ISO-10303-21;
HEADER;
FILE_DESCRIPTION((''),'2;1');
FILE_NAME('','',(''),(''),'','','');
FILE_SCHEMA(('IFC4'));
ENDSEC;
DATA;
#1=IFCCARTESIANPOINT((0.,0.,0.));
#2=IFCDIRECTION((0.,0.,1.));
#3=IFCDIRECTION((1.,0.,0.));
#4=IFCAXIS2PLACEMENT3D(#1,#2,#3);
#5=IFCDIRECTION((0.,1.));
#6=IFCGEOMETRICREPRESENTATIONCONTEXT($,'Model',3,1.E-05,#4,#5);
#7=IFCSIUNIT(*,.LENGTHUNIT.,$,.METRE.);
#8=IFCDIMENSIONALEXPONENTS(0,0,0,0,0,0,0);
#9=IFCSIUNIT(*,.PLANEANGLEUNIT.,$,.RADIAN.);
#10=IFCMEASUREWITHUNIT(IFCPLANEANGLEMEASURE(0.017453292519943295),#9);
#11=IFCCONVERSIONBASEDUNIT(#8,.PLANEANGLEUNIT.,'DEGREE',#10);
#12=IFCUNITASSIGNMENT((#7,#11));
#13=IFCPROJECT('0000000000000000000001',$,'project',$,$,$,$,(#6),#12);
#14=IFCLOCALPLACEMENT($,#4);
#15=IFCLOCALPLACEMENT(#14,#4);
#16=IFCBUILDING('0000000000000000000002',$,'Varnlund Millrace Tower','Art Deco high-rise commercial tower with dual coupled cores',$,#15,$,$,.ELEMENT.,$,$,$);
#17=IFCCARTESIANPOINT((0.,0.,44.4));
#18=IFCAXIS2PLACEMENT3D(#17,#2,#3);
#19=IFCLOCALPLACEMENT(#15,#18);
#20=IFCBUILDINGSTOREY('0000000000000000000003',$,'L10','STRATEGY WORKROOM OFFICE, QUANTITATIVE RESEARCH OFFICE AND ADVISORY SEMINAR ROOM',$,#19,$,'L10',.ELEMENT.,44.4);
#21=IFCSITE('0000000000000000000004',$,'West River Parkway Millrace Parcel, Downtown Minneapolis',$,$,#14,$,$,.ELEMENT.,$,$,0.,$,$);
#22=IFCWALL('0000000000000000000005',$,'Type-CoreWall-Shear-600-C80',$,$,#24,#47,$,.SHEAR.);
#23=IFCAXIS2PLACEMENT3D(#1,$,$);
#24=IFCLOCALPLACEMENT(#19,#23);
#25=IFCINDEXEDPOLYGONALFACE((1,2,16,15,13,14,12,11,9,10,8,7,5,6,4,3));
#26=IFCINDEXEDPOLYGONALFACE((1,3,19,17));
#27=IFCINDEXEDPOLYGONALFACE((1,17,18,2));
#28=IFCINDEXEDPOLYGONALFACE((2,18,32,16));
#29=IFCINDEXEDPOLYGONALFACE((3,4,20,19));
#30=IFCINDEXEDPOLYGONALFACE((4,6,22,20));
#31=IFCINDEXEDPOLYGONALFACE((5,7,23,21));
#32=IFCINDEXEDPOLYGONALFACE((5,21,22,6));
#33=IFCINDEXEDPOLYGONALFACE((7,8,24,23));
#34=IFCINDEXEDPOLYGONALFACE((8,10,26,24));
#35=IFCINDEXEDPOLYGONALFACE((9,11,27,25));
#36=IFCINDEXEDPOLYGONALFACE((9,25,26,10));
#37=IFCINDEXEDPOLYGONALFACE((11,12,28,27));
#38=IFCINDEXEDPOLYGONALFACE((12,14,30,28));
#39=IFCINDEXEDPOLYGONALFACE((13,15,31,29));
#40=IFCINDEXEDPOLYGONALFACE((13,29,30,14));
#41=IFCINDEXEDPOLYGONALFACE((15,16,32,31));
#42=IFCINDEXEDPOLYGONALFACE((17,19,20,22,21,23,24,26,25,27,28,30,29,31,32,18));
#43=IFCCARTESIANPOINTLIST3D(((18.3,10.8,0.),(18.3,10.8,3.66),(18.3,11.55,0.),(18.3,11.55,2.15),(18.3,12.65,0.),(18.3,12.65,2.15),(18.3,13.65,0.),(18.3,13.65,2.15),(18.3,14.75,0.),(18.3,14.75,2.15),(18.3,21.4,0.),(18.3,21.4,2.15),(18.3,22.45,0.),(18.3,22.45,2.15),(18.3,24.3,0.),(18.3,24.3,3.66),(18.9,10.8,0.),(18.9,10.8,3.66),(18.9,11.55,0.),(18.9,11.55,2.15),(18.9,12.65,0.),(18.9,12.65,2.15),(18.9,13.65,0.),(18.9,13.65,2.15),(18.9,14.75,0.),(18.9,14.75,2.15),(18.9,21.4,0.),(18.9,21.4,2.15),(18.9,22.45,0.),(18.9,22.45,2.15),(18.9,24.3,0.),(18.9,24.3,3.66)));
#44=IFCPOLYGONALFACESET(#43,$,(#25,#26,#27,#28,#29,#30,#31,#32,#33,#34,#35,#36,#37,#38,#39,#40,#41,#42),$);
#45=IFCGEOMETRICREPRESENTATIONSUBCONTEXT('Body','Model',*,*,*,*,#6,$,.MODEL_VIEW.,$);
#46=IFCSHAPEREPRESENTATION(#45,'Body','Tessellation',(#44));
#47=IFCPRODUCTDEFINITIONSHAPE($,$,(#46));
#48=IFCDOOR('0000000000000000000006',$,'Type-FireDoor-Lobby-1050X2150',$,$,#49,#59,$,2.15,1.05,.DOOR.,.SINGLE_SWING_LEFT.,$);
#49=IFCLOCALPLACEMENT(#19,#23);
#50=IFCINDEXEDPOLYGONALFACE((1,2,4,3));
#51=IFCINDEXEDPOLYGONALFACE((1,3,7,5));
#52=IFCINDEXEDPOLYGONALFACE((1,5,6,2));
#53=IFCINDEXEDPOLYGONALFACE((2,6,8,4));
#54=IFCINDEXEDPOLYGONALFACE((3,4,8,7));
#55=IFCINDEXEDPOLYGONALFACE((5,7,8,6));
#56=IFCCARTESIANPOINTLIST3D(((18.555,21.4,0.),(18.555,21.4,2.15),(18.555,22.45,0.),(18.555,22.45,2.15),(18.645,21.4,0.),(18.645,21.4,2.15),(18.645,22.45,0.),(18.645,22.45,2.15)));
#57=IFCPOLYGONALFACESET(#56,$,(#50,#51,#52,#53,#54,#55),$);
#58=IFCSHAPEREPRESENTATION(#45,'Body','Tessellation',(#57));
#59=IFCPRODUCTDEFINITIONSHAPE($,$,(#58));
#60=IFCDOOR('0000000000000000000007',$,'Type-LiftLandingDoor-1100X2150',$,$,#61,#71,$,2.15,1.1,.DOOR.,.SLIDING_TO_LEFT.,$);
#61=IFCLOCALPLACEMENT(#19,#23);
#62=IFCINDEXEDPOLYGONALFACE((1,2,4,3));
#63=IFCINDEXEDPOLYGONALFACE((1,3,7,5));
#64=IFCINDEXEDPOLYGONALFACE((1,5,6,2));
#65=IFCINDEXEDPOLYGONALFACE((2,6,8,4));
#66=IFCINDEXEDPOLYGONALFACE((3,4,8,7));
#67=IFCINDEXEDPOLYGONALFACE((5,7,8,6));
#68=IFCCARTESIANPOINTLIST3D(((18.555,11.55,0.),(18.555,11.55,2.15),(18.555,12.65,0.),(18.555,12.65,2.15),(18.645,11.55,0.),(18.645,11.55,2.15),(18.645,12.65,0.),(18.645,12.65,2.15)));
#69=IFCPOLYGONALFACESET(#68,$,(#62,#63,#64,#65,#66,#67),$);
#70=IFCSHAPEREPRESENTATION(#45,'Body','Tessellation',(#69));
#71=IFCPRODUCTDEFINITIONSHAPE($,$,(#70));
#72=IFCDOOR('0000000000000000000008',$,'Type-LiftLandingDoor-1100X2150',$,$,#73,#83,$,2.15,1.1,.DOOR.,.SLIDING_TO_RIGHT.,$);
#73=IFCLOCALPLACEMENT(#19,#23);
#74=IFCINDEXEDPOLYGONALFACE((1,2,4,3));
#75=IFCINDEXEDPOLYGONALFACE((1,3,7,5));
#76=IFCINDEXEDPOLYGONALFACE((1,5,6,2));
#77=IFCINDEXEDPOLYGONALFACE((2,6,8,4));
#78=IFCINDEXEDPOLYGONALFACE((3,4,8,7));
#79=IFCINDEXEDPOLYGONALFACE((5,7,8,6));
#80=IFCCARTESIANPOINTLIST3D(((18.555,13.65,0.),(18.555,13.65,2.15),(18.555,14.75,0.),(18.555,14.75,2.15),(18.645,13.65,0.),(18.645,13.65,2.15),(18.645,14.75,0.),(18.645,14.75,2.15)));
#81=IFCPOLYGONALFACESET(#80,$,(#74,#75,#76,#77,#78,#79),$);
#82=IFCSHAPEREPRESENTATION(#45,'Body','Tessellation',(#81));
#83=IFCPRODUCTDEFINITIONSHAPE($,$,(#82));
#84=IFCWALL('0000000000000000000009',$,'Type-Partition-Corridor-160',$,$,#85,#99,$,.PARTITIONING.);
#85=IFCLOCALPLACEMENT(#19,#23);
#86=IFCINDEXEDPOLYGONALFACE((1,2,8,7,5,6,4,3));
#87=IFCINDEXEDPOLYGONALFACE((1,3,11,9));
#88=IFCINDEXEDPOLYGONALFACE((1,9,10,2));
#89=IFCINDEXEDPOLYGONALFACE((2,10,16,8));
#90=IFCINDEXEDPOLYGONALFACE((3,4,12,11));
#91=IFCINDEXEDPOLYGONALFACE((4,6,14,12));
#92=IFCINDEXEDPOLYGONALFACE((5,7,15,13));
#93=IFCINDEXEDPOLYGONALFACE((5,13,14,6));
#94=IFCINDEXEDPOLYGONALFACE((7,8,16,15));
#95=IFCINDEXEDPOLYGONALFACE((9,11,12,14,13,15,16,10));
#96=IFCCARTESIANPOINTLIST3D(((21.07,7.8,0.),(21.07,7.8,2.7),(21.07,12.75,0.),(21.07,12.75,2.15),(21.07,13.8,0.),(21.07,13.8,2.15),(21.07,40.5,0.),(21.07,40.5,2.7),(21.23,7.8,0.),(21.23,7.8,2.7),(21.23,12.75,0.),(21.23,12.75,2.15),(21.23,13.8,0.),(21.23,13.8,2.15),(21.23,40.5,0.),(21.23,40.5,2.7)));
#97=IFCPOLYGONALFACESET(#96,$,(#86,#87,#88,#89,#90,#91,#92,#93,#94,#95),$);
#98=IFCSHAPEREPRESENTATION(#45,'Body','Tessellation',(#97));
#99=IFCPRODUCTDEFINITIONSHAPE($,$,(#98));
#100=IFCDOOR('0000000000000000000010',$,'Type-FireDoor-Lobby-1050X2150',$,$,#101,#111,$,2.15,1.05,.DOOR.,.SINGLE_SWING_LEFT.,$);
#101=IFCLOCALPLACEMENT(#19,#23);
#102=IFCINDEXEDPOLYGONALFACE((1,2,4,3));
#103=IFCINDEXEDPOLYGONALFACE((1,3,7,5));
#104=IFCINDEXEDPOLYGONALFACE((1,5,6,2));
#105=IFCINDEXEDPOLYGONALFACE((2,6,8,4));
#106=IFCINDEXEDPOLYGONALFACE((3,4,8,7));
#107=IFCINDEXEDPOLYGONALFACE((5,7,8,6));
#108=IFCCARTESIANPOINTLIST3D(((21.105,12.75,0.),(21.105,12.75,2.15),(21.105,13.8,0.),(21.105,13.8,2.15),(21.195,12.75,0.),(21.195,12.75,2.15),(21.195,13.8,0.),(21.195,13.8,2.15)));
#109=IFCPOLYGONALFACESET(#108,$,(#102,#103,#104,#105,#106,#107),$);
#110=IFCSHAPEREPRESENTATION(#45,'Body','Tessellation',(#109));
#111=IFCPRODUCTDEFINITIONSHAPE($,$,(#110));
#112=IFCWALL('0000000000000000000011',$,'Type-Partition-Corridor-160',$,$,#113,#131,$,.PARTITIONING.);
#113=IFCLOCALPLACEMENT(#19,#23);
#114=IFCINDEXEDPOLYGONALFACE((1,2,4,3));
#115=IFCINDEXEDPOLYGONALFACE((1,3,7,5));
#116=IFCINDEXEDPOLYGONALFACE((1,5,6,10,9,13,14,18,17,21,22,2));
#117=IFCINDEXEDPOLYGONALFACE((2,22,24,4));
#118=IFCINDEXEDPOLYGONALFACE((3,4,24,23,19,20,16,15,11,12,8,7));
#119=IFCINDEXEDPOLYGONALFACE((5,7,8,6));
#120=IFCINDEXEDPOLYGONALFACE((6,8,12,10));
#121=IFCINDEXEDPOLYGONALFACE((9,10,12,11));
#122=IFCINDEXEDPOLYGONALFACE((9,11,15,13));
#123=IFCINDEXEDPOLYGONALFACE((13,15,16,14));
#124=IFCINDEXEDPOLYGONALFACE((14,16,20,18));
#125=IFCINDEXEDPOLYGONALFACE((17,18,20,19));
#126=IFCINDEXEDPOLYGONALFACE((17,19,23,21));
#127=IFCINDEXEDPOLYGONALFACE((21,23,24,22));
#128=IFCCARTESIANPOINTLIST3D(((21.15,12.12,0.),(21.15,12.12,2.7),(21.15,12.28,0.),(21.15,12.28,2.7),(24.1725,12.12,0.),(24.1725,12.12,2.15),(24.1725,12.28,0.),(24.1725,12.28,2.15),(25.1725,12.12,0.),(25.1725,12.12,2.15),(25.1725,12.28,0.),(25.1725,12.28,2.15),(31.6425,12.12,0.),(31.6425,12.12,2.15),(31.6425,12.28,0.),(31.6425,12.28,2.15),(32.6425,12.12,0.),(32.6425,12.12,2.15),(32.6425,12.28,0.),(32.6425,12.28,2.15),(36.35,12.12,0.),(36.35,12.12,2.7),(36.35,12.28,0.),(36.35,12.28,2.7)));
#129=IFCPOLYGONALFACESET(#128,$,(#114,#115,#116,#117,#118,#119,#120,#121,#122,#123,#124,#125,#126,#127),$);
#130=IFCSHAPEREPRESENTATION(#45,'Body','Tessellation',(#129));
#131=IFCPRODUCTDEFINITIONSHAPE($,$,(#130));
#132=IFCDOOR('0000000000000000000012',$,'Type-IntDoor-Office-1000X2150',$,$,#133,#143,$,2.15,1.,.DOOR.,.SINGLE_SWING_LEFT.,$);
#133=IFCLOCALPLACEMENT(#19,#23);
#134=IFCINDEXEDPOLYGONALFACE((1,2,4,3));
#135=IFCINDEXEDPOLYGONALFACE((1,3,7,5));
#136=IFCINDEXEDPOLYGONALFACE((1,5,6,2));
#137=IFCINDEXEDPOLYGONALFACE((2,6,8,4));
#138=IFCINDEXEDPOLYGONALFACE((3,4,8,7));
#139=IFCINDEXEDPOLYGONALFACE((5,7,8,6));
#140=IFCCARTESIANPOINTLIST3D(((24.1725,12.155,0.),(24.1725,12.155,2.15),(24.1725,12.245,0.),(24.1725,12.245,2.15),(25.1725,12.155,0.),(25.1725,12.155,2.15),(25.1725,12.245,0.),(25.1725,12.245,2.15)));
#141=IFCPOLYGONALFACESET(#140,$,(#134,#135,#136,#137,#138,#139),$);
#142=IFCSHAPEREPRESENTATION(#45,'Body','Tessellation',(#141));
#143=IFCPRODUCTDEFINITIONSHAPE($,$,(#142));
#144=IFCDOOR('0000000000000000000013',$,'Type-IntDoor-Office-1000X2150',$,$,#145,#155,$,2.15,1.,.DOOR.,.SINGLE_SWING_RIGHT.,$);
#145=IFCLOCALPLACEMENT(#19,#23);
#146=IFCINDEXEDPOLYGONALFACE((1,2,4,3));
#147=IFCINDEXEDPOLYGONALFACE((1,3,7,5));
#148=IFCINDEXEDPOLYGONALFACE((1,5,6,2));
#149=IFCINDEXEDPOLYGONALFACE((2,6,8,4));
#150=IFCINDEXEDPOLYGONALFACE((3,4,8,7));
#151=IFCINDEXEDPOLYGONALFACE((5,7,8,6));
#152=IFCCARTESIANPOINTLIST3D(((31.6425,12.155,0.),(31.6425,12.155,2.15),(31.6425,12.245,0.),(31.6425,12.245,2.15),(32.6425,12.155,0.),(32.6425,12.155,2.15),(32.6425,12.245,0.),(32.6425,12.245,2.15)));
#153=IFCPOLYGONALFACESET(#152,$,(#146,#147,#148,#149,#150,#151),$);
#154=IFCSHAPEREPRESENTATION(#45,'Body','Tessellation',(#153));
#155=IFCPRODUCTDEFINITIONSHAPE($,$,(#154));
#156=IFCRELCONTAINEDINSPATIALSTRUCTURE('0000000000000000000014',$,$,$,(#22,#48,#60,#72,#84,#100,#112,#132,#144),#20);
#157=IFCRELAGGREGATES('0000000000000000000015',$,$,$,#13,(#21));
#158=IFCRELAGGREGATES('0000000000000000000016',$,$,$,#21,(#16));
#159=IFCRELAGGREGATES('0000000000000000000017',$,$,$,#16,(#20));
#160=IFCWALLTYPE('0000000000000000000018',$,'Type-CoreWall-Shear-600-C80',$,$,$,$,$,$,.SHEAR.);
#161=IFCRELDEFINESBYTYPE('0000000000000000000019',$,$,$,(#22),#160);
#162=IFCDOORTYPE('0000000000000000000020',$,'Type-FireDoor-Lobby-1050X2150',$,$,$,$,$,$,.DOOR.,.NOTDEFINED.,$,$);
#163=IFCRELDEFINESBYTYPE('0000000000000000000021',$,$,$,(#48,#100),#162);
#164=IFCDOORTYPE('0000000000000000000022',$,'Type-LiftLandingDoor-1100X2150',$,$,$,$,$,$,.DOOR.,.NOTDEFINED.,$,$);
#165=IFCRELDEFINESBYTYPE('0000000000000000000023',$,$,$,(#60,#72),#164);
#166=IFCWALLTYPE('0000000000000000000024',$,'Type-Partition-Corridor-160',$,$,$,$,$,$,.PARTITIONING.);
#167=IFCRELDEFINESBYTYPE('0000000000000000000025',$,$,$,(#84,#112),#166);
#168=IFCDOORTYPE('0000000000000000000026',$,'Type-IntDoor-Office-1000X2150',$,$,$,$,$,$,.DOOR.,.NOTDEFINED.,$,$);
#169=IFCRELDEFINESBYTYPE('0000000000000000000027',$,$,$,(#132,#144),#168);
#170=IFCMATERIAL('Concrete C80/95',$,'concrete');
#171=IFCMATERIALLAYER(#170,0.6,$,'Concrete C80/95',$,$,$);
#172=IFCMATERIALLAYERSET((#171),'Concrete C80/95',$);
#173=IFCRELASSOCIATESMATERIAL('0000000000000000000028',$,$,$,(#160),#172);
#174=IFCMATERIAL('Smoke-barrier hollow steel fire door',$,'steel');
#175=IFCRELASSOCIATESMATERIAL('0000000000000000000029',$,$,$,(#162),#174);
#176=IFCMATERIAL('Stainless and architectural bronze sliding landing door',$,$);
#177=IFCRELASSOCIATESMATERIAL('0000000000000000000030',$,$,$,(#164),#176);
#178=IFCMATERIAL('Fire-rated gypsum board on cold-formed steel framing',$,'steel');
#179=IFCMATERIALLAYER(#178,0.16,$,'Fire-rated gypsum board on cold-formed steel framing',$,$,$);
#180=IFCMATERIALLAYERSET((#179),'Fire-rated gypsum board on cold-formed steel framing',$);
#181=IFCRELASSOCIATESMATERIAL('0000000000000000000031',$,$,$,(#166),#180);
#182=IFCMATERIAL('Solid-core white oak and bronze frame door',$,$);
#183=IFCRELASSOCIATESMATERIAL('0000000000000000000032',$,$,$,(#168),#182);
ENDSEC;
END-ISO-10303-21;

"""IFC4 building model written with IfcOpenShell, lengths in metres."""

from ifc_helpers import new_model, entity, si_unit, converted_unit, direction, frame, origin_with_axes, origin_2d_with_axis, place, context, subcontext, project, spatial, polyline, rectangle, outline, extrude, material, layer, layer_set, type_object, element, fill, save


model = new_model("IFC4")

# Units and contexts
model_context = context("Model", 3, precision=1e-05, world=origin_with_axes(), true_north=direction((0.0, 1.0)))
body_context = subcontext(model_context, "Body", "Model", "MODEL_VIEW")
ifc_project = project(units=[si_unit("LENGTHUNIT", "METRE"), converted_unit("PLANEANGLEUNIT", "DEGREE", entity("IfcPlaneAngleMeasure", 0.017453292519943295), si_unit("PLANEANGLEUNIT", "RADIAN"), dimensions=[0, 0, 0, 0, 0, 0, 0])], contexts=[model_context])

# Site, building, storey
site_placement = place(None, origin_with_axes())
site = spatial("IfcSite", under=ifc_project, at=site_placement, Name="West River Parkway Millrace Parcel, Downtown Minneapolis", CompositionType="ELEMENT", RefElevation=0.0)
building_placement = place(site_placement, origin_with_axes())
building = spatial("IfcBuilding", under=site, at=building_placement, Name="Varnlund Millrace Tower", Description="Art Deco high-rise commercial tower with dual coupled cores", CompositionType="ELEMENT")
storey_placement = place(building_placement, frame((0.0, 0.0, 44.4), z_axis=(0.0, 0.0, 1.0), x_axis=(1.0, 0.0, 0.0)))
storey = spatial("IfcBuildingStorey", under=building, at=storey_placement, Name="L10", Description="STRATEGY WORKROOM OFFICE, QUANTITATIVE RESEARCH OFFICE AND ADVISORY SEMINAR ROOM", LongName="L10", CompositionType="ELEMENT", Elevation=44.4)

# Shared definitions
ifc_material_1 = material(Name="Concrete C80/95", Category="concrete")

# Wall, openings, doors
ifc_layer_1 = layer(ifc_material_1, 0.6, Name="Concrete C80/95")
ifc_layer_set_1 = layer_set([ifc_layer_1], Name="Concrete C80/95")
wall_type_1 = type_object("IfcWallType", Name="Type-CoreWall-Shear-600-C80", PredefinedType="SHEAR", material=ifc_layer_set_1)
wall_1_placement = place(storey_placement, frame((18.6, 10.8, 0.0), z_axis=(0.0, 0.0, 1.0), x_axis=(0.0, 1.0, 0.0)))
wall_1 = element("IfcWall", 1, at=wall_1_placement, inside=storey, type_object=wall_type_1, Name="Type-CoreWall-Shear-600-C80", PredefinedType="SHEAR", context=body_context, shape_type="SweptSolid", body=[
    extrude(outline(polyline([(0.0, -0.3), (13.5, -0.3), (13.5, 0.3), (0.0, 0.3), (0.0, -0.3)])), origin_with_axes(), (0.0, 0.0, 1.0), 3.66),
])
opening_1_placement = place(wall_1_placement, frame((1.3, 0.0, 0.0), z_axis=(0.0, 0.0, 1.0), x_axis=(1.0, 0.0, 0.0)))
opening_1 = element("IfcOpeningElement", 2, at=opening_1_placement, cuts=wall_1, PredefinedType="OPENING", context=body_context, shape_type="SweptSolid", body=[
    extrude(rectangle(XDim=1.1, YDim=0.62, at=origin_2d_with_axis()), origin_with_axes(), (0.0, 0.0, 1.0), 2.15),
])
opening_2_placement = place(wall_1_placement, frame((3.4, 0.0, 0.0), z_axis=(0.0, 0.0, 1.0), x_axis=(1.0, 0.0, 0.0)))
opening_2 = element("IfcOpeningElement", 3, at=opening_2_placement, cuts=wall_1, PredefinedType="OPENING", context=body_context, shape_type="SweptSolid", body=[
    extrude(rectangle(XDim=1.1, YDim=0.62, at=origin_2d_with_axis()), origin_with_axes(), (0.0, 0.0, 1.0), 2.15),
])
opening_3_placement = place(wall_1_placement, frame((11.125, 0.0, 0.0), z_axis=(0.0, 0.0, 1.0), x_axis=(1.0, 0.0, 0.0)))
opening_3 = element("IfcOpeningElement", 4, at=opening_3_placement, cuts=wall_1, PredefinedType="OPENING", context=body_context, shape_type="SweptSolid", body=[
    extrude(rectangle(XDim=1.05, YDim=0.62, at=origin_2d_with_axis()), origin_with_axes(), (0.0, 0.0, 1.0), 2.15),
])
ifc_material_2 = material(Name="Smoke-barrier hollow steel fire door", Category="steel")
door_type_1 = type_object("IfcDoorType", Name="Type-FireDoor-Lobby-1050X2150", OperationType="NOTDEFINED", PredefinedType="DOOR", material=ifc_material_2)
door_1_placement = place(wall_1_placement, frame((11.125, 0.0, 0.0), z_axis=(0.0, 0.0, 1.0), x_axis=(1.0, 0.0, 0.0)))
door_1 = element("IfcDoor", 5, at=door_1_placement, inside=storey, type_object=door_type_1, Name="Type-FireDoor-Lobby-1050X2150", OperationType="SINGLE_SWING_LEFT", OverallHeight=2.15, OverallWidth=1.05, PredefinedType="DOOR", context=body_context, shape_type="SweptSolid", body=[
    extrude(rectangle(XDim=1.05, YDim=0.09, at=origin_2d_with_axis()), origin_with_axes(), (0.0, 0.0, 1.0), 2.15),
])
fill(opening_3, door_1)
ifc_material_3 = material(Name="Stainless and architectural bronze sliding landing door")
door_type_2 = type_object("IfcDoorType", Name="Type-LiftLandingDoor-1100X2150", OperationType="NOTDEFINED", PredefinedType="DOOR", material=ifc_material_3)
door_2_placement = place(wall_1_placement, frame((1.3, 0.0, 0.0), z_axis=(0.0, 0.0, 1.0), x_axis=(1.0, 0.0, 0.0)))
door_2 = element("IfcDoor", 6, at=door_2_placement, inside=storey, type_object=door_type_2, Name="Type-LiftLandingDoor-1100X2150", OperationType="SLIDING_TO_LEFT", OverallHeight=2.15, OverallWidth=1.1, PredefinedType="DOOR", context=body_context, shape_type="SweptSolid", body=[
    extrude(rectangle(XDim=1.1, YDim=0.09, at=origin_2d_with_axis()), origin_with_axes(), (0.0, 0.0, 1.0), 2.15),
])
fill(opening_1, door_2)
door_3_placement = place(wall_1_placement, frame((3.4, 0.0, 0.0), z_axis=(0.0, 0.0, 1.0), x_axis=(1.0, 0.0, 0.0)))
door_3 = element("IfcDoor", 7, at=door_3_placement, inside=storey, type_object=door_type_2, Name="Type-LiftLandingDoor-1100X2150", OperationType="SLIDING_TO_RIGHT", OverallHeight=2.15, OverallWidth=1.1, PredefinedType="DOOR", context=body_context, shape_type="SweptSolid", body=[
    extrude(rectangle(XDim=1.1, YDim=0.09, at=origin_2d_with_axis()), origin_with_axes(), (0.0, 0.0, 1.0), 2.15),
])
fill(opening_2, door_3)

# Wall, opening, door
ifc_material_4 = material(Name="Fire-rated gypsum board on cold-formed steel framing", Category="steel")
ifc_layer_2 = layer(ifc_material_4, 0.16, Name="Fire-rated gypsum board on cold-formed steel framing")
ifc_layer_set_2 = layer_set([ifc_layer_2], Name="Fire-rated gypsum board on cold-formed steel framing")
wall_type_2 = type_object("IfcWallType", Name="Type-Partition-Corridor-160", PredefinedType="PARTITIONING", material=ifc_layer_set_2)
wall_2_placement = place(storey_placement, frame((21.15, 7.8, 0.0), z_axis=(0.0, 0.0, 1.0), x_axis=(0.0, 1.0, 0.0)))
wall_2 = element("IfcWall", 8, at=wall_2_placement, inside=storey, type_object=wall_type_2, Name="Type-Partition-Corridor-160", PredefinedType="PARTITIONING", context=body_context, shape_type="SweptSolid", body=[
    extrude(outline(polyline([(0.0, -0.08), (32.7, -0.08), (32.7, 0.08), (0.0, 0.08), (0.0, -0.08)])), origin_with_axes(), (0.0, 0.0, 1.0), 2.7),
])
opening_4_placement = place(wall_2_placement, frame((5.475, 0.0, 0.0), z_axis=(0.0, 0.0, 1.0), x_axis=(1.0, 0.0, 0.0)))
opening_4 = element("IfcOpeningElement", 9, at=opening_4_placement, cuts=wall_2, PredefinedType="OPENING", context=body_context, shape_type="SweptSolid", body=[
    extrude(rectangle(XDim=1.05, YDim=0.18, at=origin_2d_with_axis()), origin_with_axes(), (0.0, 0.0, 1.0), 2.15),
])
door_4_placement = place(wall_2_placement, frame((5.475, 0.0, 0.0), z_axis=(0.0, 0.0, 1.0), x_axis=(1.0, 0.0, 0.0)))
door_4 = element("IfcDoor", 10, at=door_4_placement, inside=storey, type_object=door_type_1, Name="Type-FireDoor-Lobby-1050X2150", OperationType="SINGLE_SWING_LEFT", OverallHeight=2.15, OverallWidth=1.05, PredefinedType="DOOR", context=body_context, shape_type="SweptSolid", body=[
    extrude(rectangle(XDim=1.05, YDim=0.09, at=origin_2d_with_axis()), origin_with_axes(), (0.0, 0.0, 1.0), 2.15),
])
fill(opening_4, door_4)

# Wall, openings, doors
wall_3_placement = place(storey_placement, frame((21.15, 12.2, 0.0), z_axis=(0.0, 0.0, 1.0), x_axis=(1.0, 0.0, 0.0)))
wall_3 = element("IfcWall", 11, at=wall_3_placement, inside=storey, type_object=wall_type_2, Name="Type-Partition-Corridor-160", PredefinedType="PARTITIONING", context=body_context, shape_type="SweptSolid", body=[
    extrude(outline(polyline([(0.0, -0.08), (15.2, -0.08), (15.2, 0.08), (0.0, 0.08), (0.0, -0.08)])), origin_with_axes(), (0.0, 0.0, 1.0), 2.7),
])
opening_5_placement = place(wall_3_placement, frame((3.5225, 0.0, 0.0), z_axis=(0.0, 0.0, 1.0), x_axis=(1.0, 0.0, 0.0)))
opening_5 = element("IfcOpeningElement", 12, at=opening_5_placement, cuts=wall_3, PredefinedType="OPENING", context=body_context, shape_type="SweptSolid", body=[
    extrude(rectangle(XDim=1.0, YDim=0.18, at=origin_2d_with_axis()), origin_with_axes(), (0.0, 0.0, 1.0), 2.15),
])
opening_6_placement = place(wall_3_placement, frame((10.9925, 0.0, 0.0), z_axis=(0.0, 0.0, 1.0), x_axis=(1.0, 0.0, 0.0)))
opening_6 = element("IfcOpeningElement", 13, at=opening_6_placement, cuts=wall_3, PredefinedType="OPENING", context=body_context, shape_type="SweptSolid", body=[
    extrude(rectangle(XDim=1.0, YDim=0.18, at=origin_2d_with_axis()), origin_with_axes(), (0.0, 0.0, 1.0), 2.15),
])
ifc_material_5 = material(Name="Solid-core white oak and bronze frame door")
door_type_3 = type_object("IfcDoorType", Name="Type-IntDoor-Office-1000X2150", OperationType="NOTDEFINED", PredefinedType="DOOR", material=ifc_material_5)
door_5_placement = place(wall_3_placement, frame((3.5225, 0.0, 0.0), z_axis=(0.0, 0.0, 1.0), x_axis=(1.0, 0.0, 0.0)))
door_5 = element("IfcDoor", 14, at=door_5_placement, inside=storey, type_object=door_type_3, Name="Type-IntDoor-Office-1000X2150", OperationType="SINGLE_SWING_LEFT", OverallHeight=2.15, OverallWidth=1.0, PredefinedType="DOOR", context=body_context, shape_type="SweptSolid", body=[
    extrude(rectangle(XDim=1.0, YDim=0.09, at=origin_2d_with_axis()), origin_with_axes(), (0.0, 0.0, 1.0), 2.15),
])
fill(opening_5, door_5)
door_6_placement = place(wall_3_placement, frame((10.9925, 0.0, 0.0), z_axis=(0.0, 0.0, 1.0), x_axis=(1.0, 0.0, 0.0)))
door_6 = element("IfcDoor", 15, at=door_6_placement, inside=storey, type_object=door_type_3, Name="Type-IntDoor-Office-1000X2150", OperationType="SINGLE_SWING_RIGHT", OverallHeight=2.15, OverallWidth=1.0, PredefinedType="DOOR", context=body_context, shape_type="SweptSolid", body=[
    extrude(rectangle(XDim=1.0, YDim=0.09, at=origin_2d_with_axis()), origin_with_axes(), (0.0, 0.0, 1.0), 2.15),
])
fill(opening_6, door_6)

save(model, "model.ifc")
